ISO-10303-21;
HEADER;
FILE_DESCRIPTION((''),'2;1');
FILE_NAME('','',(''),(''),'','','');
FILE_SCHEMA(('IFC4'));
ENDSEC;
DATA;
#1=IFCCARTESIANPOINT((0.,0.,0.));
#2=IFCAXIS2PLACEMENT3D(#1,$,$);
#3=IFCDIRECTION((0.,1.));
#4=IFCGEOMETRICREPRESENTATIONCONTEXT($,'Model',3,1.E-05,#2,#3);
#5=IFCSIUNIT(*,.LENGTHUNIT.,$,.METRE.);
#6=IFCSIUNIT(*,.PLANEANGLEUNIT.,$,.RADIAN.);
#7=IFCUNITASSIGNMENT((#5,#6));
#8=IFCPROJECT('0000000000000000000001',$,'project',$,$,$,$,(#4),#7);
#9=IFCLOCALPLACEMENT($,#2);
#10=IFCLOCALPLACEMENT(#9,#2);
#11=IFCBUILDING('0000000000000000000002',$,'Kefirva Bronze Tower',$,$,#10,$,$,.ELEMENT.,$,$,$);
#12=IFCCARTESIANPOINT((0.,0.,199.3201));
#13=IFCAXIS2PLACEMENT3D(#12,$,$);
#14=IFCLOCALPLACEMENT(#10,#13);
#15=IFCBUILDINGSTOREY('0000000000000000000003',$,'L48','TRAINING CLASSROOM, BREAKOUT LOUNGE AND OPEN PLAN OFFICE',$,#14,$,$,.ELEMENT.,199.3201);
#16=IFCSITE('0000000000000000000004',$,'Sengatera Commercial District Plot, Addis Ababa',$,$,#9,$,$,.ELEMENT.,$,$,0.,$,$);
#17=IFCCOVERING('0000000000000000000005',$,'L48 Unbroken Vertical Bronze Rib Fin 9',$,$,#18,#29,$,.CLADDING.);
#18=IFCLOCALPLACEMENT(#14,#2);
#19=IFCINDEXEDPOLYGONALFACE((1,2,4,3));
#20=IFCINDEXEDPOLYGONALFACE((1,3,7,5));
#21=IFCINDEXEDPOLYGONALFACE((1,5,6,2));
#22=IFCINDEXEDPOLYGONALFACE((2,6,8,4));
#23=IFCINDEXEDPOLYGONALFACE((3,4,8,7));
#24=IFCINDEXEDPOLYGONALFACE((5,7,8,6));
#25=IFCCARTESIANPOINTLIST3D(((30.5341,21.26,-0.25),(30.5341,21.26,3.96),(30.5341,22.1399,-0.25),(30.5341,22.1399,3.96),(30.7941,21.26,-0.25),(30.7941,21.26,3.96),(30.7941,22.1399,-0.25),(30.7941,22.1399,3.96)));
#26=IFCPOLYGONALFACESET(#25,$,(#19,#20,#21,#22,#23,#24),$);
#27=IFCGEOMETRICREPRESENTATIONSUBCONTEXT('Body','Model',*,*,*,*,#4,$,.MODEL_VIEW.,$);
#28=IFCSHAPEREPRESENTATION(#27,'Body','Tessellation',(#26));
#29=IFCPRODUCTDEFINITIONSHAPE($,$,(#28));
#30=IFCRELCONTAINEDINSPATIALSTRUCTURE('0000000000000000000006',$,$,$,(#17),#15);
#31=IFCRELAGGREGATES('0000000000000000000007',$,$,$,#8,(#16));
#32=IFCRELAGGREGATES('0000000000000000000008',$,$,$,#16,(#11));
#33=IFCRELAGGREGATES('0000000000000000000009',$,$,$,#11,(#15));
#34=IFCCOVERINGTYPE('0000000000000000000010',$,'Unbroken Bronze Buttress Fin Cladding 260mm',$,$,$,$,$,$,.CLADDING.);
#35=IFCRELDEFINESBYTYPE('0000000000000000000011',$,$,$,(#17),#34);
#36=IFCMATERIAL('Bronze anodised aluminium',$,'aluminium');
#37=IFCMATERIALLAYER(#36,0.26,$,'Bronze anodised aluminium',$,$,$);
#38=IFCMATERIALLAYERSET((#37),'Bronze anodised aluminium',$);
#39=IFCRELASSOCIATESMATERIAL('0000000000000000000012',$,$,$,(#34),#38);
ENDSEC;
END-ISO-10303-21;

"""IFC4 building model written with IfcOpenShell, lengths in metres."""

from ifc_helpers import new_model, si_unit, direction, frame, origin, origin_2d, place, context, subcontext, project, spatial, rectangle, extrude, material, layer, layer_set, type_object, element, save


model = new_model("IFC4")

# Units and contexts
model_context = context("Model", 3, precision=1e-05, world=origin(), true_north=direction((0.0, 1.0)))
body_context = subcontext(model_context, "Body", "Model", "MODEL_VIEW")
ifc_project = project(units=[si_unit("LENGTHUNIT", "METRE"), si_unit("PLANEANGLEUNIT", "RADIAN")], contexts=[model_context])

# Site, building, storey
site_placement = place(None, origin())
site = spatial("IfcSite", under=ifc_project, at=site_placement, Name="Sengatera Commercial District Plot, Addis Ababa", CompositionType="ELEMENT", RefElevation=0.0)
building_placement = place(site_placement, origin())
building = spatial("IfcBuilding", under=site, at=building_placement, Name="Kefirva Bronze Tower", CompositionType="ELEMENT")
storey_placement = place(building_placement, frame((0.0, 0.0, 199.3201)))
storey = spatial("IfcBuildingStorey", under=building, at=storey_placement, Name="L48", Description="TRAINING CLASSROOM, BREAKOUT LOUNGE AND OPEN PLAN OFFICE", CompositionType="ELEMENT", Elevation=199.3201)

# Shared definitions
ifc_material_1 = material(Name="Bronze anodised aluminium", Category="aluminium")

# Covering
ifc_layer_1 = layer(ifc_material_1, 0.26, Name="Bronze anodised aluminium")
ifc_layer_set_1 = layer_set([ifc_layer_1], Name="Bronze anodised aluminium")
covering_type_1 = type_object("IfcCoveringType", Name="Unbroken Bronze Buttress Fin Cladding 260mm", PredefinedType="CLADDING", material=ifc_layer_set_1)
covering_1_placement = place(storey_placement, frame((30.6641, 21.7, -0.25), z_axis=(0.0, 0.0, 1.0), x_axis=(1.0, 0.0, 0.0)))
element("IfcCovering", 1, at=covering_1_placement, inside=storey, type_object=covering_type_1, Name="L48 Unbroken Vertical Bronze Rib Fin 9", PredefinedType="CLADDING", context=body_context, shape_type="SweptSolid", body=[
    extrude(rectangle(XDim=0.26, YDim=0.8799, at=origin_2d()), origin(), (0.0, 0.0, 1.0), 4.21),
])

save(model, "model.ifc")
